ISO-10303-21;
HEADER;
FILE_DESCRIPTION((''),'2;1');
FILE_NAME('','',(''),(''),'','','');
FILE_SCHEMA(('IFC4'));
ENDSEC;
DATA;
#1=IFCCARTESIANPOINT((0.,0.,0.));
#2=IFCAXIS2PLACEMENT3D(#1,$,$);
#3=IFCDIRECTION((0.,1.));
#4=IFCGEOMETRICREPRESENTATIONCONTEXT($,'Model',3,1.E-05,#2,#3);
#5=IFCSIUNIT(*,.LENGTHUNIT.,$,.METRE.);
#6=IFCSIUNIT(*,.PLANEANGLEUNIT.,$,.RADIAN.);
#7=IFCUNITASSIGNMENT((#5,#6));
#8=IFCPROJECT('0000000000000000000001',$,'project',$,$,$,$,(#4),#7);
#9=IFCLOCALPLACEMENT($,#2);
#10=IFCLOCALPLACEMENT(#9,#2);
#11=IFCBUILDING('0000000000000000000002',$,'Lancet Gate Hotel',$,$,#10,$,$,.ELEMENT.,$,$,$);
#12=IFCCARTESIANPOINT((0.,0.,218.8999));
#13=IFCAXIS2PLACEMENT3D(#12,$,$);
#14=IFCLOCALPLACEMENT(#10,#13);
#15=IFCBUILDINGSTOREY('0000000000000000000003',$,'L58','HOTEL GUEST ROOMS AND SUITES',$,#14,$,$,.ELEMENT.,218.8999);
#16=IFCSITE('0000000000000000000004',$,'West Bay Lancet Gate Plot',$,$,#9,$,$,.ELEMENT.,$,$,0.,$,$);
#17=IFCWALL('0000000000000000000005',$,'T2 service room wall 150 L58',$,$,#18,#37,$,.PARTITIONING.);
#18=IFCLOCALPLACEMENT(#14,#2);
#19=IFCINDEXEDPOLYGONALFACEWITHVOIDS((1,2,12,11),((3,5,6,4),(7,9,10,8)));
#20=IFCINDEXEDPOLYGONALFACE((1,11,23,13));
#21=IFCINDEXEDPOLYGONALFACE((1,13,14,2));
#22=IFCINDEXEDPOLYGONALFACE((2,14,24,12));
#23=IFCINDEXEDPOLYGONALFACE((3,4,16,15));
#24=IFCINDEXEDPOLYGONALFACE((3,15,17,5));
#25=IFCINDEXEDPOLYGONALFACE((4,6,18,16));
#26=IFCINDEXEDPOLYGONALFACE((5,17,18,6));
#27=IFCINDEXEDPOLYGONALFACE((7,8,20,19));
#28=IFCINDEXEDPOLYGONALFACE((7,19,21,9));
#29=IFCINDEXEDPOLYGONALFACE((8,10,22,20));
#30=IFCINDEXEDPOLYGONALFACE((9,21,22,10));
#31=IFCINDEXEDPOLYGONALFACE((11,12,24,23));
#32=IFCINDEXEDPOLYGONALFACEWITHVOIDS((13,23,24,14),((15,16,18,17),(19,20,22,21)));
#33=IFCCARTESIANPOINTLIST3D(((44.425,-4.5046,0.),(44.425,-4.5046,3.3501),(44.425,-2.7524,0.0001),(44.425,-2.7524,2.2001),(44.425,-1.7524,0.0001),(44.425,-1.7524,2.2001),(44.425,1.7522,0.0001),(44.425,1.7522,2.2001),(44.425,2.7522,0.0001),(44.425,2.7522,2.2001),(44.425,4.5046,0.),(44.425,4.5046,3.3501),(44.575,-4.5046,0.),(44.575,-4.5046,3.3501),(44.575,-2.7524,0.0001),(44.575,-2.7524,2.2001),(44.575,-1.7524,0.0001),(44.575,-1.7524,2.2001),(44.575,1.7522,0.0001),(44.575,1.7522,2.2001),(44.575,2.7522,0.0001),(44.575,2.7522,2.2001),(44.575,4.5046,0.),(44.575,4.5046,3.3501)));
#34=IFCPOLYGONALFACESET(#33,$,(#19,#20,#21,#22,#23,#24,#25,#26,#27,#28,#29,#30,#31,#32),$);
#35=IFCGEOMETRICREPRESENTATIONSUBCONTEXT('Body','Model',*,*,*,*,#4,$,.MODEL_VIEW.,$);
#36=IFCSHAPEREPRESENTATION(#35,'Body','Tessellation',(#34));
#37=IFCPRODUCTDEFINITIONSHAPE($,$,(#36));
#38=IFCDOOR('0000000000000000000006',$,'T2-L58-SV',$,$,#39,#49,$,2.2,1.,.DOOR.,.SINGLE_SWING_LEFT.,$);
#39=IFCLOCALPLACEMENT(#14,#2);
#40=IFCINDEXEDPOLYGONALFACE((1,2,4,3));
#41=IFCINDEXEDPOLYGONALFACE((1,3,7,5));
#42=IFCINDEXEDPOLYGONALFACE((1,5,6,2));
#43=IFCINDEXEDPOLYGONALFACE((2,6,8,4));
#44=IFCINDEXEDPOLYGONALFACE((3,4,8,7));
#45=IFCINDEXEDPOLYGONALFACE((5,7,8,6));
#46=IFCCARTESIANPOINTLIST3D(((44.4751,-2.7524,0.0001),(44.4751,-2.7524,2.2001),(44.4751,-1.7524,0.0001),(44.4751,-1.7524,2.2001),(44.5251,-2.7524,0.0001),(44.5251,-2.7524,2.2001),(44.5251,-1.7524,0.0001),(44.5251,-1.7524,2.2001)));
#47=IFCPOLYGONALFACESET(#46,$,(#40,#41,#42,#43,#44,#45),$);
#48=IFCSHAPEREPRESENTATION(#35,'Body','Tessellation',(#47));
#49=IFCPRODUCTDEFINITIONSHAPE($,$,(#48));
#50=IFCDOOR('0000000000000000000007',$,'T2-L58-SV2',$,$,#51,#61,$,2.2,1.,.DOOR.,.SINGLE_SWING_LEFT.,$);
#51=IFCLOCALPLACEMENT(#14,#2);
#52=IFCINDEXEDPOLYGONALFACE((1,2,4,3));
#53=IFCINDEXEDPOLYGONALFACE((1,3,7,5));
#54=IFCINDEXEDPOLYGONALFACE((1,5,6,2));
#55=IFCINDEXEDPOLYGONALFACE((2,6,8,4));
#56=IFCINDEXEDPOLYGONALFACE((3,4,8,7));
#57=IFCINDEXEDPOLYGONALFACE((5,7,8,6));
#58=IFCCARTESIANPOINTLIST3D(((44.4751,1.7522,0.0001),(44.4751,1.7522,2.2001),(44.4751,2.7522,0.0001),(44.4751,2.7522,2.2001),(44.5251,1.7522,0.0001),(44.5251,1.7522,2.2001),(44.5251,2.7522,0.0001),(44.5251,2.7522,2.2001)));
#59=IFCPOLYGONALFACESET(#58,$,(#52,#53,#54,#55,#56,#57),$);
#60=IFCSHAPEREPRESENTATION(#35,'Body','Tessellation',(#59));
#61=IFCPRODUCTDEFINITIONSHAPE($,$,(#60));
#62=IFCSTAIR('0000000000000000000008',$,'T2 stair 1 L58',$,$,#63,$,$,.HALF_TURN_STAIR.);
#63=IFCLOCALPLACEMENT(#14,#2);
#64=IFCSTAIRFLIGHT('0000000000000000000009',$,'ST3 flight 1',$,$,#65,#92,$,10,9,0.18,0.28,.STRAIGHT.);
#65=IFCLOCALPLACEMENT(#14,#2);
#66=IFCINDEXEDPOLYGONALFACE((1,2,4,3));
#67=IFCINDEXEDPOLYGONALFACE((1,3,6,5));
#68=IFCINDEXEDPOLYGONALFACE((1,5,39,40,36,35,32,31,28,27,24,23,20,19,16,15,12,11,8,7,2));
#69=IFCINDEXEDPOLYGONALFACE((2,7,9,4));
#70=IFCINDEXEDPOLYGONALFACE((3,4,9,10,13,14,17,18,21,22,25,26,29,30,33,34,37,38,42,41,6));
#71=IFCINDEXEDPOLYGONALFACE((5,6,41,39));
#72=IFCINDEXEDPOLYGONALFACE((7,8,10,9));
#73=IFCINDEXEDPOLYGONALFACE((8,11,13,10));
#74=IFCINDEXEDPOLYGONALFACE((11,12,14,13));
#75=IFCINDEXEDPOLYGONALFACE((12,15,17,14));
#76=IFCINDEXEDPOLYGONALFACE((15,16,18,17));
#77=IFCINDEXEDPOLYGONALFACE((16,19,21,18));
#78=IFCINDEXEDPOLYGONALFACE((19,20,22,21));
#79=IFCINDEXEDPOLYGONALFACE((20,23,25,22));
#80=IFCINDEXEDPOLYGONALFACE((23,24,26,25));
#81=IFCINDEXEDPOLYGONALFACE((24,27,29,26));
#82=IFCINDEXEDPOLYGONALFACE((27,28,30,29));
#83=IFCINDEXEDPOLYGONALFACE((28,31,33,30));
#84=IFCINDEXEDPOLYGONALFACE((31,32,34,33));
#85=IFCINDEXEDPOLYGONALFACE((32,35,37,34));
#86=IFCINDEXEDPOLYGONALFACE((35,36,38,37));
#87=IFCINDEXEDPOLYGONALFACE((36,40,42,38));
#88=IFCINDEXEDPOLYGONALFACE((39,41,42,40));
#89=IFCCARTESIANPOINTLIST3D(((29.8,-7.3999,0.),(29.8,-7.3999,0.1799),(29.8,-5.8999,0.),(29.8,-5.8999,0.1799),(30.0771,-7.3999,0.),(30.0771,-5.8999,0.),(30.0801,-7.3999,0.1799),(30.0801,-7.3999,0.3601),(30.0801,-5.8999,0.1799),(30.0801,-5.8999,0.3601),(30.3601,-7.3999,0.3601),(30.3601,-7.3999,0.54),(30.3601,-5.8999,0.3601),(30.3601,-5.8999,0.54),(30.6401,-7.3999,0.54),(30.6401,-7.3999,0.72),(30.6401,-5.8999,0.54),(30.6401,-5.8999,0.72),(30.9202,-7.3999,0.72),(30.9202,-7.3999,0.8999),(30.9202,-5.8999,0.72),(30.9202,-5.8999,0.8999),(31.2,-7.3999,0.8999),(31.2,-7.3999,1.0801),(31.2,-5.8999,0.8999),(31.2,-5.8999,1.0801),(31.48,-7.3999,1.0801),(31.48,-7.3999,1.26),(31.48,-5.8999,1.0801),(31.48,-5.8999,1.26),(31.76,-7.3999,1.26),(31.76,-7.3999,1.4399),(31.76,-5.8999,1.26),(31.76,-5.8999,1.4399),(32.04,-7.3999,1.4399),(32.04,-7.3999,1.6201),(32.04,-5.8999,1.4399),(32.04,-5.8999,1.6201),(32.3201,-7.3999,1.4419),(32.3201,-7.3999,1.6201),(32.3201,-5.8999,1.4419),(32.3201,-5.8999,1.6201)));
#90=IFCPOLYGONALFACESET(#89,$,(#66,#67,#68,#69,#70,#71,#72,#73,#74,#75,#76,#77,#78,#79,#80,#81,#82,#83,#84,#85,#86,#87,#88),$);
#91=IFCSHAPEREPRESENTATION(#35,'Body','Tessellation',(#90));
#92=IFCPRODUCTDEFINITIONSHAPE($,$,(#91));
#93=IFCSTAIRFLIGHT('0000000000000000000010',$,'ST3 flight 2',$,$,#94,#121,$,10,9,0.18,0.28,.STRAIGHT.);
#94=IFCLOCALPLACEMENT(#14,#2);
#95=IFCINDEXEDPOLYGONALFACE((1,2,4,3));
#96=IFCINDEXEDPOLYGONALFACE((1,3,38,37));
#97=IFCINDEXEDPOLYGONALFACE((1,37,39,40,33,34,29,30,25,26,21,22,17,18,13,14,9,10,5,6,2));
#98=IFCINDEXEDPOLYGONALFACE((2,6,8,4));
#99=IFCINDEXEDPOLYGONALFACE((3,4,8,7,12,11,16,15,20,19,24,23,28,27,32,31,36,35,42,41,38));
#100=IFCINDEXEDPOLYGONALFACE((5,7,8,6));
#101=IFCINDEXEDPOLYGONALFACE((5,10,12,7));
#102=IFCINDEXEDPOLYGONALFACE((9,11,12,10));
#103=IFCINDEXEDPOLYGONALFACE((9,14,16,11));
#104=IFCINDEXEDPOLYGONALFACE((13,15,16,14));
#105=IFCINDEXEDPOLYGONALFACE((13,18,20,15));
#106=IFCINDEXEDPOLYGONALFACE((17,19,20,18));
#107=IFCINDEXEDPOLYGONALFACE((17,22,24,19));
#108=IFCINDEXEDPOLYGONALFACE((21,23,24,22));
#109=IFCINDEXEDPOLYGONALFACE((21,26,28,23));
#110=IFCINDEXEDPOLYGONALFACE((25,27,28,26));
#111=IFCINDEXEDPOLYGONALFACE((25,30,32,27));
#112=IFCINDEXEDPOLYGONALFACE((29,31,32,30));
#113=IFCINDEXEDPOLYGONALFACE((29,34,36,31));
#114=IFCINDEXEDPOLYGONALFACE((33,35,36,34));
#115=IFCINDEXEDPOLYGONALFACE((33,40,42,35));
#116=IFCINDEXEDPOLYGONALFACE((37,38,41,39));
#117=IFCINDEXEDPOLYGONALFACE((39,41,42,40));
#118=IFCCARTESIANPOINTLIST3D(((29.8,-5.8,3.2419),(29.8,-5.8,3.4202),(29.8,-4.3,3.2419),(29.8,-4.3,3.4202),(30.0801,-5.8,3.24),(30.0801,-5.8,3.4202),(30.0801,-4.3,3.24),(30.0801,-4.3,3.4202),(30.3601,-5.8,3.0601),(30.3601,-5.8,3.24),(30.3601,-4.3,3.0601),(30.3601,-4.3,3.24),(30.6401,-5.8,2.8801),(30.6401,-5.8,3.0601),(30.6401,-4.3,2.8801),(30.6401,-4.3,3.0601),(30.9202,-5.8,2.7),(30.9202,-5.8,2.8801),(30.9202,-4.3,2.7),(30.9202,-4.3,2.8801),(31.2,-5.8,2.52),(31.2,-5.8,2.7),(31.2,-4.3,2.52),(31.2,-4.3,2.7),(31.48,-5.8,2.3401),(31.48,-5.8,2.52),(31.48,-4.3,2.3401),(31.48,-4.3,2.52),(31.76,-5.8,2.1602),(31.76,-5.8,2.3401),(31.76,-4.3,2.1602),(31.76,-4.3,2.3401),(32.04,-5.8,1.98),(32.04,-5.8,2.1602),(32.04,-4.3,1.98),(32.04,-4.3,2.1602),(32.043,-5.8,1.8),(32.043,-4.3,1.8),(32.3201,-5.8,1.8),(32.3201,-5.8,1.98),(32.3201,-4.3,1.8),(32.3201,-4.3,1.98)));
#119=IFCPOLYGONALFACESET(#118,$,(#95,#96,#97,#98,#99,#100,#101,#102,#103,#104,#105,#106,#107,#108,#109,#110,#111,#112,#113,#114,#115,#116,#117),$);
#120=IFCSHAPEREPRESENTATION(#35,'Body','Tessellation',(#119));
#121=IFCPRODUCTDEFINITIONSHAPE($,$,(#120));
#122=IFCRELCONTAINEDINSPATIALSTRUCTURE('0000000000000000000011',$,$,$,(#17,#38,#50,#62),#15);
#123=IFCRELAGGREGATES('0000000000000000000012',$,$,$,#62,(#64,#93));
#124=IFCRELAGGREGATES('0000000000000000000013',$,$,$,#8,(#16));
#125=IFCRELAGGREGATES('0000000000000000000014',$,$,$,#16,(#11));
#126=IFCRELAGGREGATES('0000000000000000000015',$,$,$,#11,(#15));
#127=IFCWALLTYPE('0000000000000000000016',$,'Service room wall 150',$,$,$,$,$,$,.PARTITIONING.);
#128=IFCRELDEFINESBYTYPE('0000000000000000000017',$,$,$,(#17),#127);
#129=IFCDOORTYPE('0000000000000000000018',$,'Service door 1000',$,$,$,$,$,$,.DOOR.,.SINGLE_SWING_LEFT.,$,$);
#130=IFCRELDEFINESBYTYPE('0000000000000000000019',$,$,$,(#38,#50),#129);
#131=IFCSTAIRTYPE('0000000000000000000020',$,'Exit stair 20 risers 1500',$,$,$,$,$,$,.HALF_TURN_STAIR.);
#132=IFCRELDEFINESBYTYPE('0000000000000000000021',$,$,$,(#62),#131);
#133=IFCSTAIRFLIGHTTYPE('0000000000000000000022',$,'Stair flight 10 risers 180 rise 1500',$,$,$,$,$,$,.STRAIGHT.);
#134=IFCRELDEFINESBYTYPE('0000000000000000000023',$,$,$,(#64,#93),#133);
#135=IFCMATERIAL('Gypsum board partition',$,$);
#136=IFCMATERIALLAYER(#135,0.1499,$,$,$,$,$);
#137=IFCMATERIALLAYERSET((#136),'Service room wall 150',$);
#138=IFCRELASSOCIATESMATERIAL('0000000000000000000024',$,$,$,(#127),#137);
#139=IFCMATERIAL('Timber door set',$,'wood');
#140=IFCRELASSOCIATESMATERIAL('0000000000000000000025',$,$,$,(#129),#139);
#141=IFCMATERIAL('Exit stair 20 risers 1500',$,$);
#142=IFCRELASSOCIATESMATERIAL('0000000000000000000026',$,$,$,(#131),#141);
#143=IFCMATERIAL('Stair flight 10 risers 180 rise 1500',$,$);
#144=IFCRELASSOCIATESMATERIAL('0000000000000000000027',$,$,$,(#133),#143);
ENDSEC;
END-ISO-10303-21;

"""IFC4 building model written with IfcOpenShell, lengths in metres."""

from ifc_helpers import new_model, si_unit, direction, frame, frame_2d, origin, place, context, subcontext, project, spatial, polyline, rectangle, outline, extrude, material, layer, layer_set, type_object, element, fill, aggregate, save


model = new_model("IFC4")

# Units and contexts
model_context = context("Model", 3, precision=1e-05, world=origin(), true_north=direction((0.0, 1.0)))
body_context = subcontext(model_context, "Body", "Model", "MODEL_VIEW")
ifc_project = project(units=[si_unit("LENGTHUNIT", "METRE"), si_unit("PLANEANGLEUNIT", "RADIAN")], contexts=[model_context])

# Site, building, storey
site_placement = place(None, origin())
site = spatial("IfcSite", under=ifc_project, at=site_placement, Name="West Bay Lancet Gate Plot", CompositionType="ELEMENT", RefElevation=0.0)
building_placement = place(site_placement, origin())
building = spatial("IfcBuilding", under=site, at=building_placement, Name="Lancet Gate Hotel", CompositionType="ELEMENT")
storey_placement = place(building_placement, frame((0.0, 0.0, 218.8999)))
storey = spatial("IfcBuildingStorey", under=building, at=storey_placement, Name="L58", Description="HOTEL GUEST ROOMS AND SUITES", CompositionType="ELEMENT", Elevation=218.8999)

# Shared definitions
ifc_material_1 = material(Name="Gypsum board partition")
ifc_layer_1 = layer(ifc_material_1, 0.1499)
ifc_layer_set_1 = layer_set([ifc_layer_1], Name="Service room wall 150")
wall_type_1 = type_object("IfcWallType", Name="Service room wall 150", PredefinedType="PARTITIONING", material=ifc_layer_set_1)

# Wall, openings, doors
wall_1_placement = place(storey_placement, frame((44.5, -4.5046, 0.0), z_axis=(0.0, 0.0, 1.0), x_axis=(0.0, 1.0, 0.0)))
wall_1 = element("IfcWall", 1, at=wall_1_placement, inside=storey, type_object=wall_type_1, Name="T2 service room wall 150 L58", PredefinedType="PARTITIONING", context=body_context, shape_type="SweptSolid", body=[
    extrude(rectangle(XDim=9.0093, YDim=0.1499, at=frame_2d((4.5046, 0.0))), origin(), (0.0, 0.0, 1.0), 3.3501),
])
opening_1_placement = place(wall_1_placement, frame((1.7522, 0.0, 0.0)))
opening_1 = element("IfcOpeningElement", 2, at=opening_1_placement, cuts=wall_1, PredefinedType="OPENING", context=body_context, shape_type="SweptSolid", body=[
    extrude(rectangle(XDim=1.0, YDim=2.2, at=frame_2d((0.5, 1.1001))), frame((0.0, 0.085, 0.0), z_axis=(0.0, -1.0, 0.0), x_axis=(1.0, 0.0, 0.0)), (0.0, 0.0, 1.0), 0.1699),
])
opening_2_placement = place(wall_1_placement, frame((6.2568, 0.0, 0.0)))
opening_2 = element("IfcOpeningElement", 3, at=opening_2_placement, cuts=wall_1, PredefinedType="OPENING", context=body_context, shape_type="SweptSolid", body=[
    extrude(rectangle(XDim=1.0, YDim=2.2, at=frame_2d((0.5, 1.1001))), frame((0.0, 0.085, 0.0), z_axis=(0.0, -1.0, 0.0), x_axis=(1.0, 0.0, 0.0)), (0.0, 0.0, 1.0), 0.1699),
])
ifc_material_2 = material(Name="Timber door set", Category="wood")
door_type_1 = type_object("IfcDoorType", Name="Service door 1000", OperationType="SINGLE_SWING_LEFT", PredefinedType="DOOR", material=ifc_material_2)
door_1_placement = place(opening_1_placement, origin())
door_1 = element("IfcDoor", 4, at=door_1_placement, inside=storey, type_object=door_type_1, Name="T2-L58-SV", OperationType="SINGLE_SWING_LEFT", OverallHeight=2.2, OverallWidth=1.0, PredefinedType="DOOR", context=body_context, shape_type="SweptSolid", body=[
    extrude(rectangle(XDim=1.0, YDim=2.2, at=frame_2d((0.5, 1.1001))), frame((0.0, 0.0249, 0.0), z_axis=(0.0, -1.0, 0.0), x_axis=(1.0, 0.0, 0.0)), (0.0, 0.0, 1.0), 0.05),
])
fill(opening_1, door_1)
door_2_placement = place(opening_2_placement, origin())
door_2 = element("IfcDoor", 5, at=door_2_placement, inside=storey, type_object=door_type_1, Name="T2-L58-SV2", OperationType="SINGLE_SWING_LEFT", OverallHeight=2.2, OverallWidth=1.0, PredefinedType="DOOR", context=body_context, shape_type="SweptSolid", body=[
    extrude(rectangle(XDim=1.0, YDim=2.2, at=frame_2d((0.5, 1.1001))), frame((0.0, 0.0249, 0.0), z_axis=(0.0, -1.0, 0.0), x_axis=(1.0, 0.0, 0.0)), (0.0, 0.0, 1.0), 0.05),
])
fill(opening_2, door_2)

# Stair, stair flights
ifc_material_3 = material(Name="Exit stair 20 risers 1500")
stair_type = type_object("IfcStairType", Name="Exit stair 20 risers 1500", PredefinedType="HALF_TURN_STAIR", material=ifc_material_3)
stair_placement = place(storey_placement, origin())
stair = element("IfcStair", 6, at=stair_placement, inside=storey, type_object=stair_type, Name="T2 stair 1 L58", PredefinedType="HALF_TURN_STAIR")
ifc_material_4 = material(Name="Stair flight 10 risers 180 rise 1500")
stair_flight_type = type_object("IfcStairFlightType", Name="Stair flight 10 risers 180 rise 1500", PredefinedType="STRAIGHT", material=ifc_material_4)
stair_flight_1_placement = place(storey_placement, frame((29.8, -6.6499, 0.0), z_axis=(0.0, 0.0, 1.0), x_axis=(1.0, 0.0, 0.0)))
stair_flight_1 = element("IfcStairFlight", 7, at=stair_flight_1_placement, type_object=stair_flight_type, Name="ST3 flight 1", NumberOfRisers=10, NumberOfTreads=9, PredefinedType="STRAIGHT", RiserHeight=0.18, TreadLength=0.28, context=body_context, shape_type="SweptSolid", body=[
    extrude(outline(polyline([(0.0, 0.0), (0.0, 0.1799), (0.28, 0.1799), (0.28, 0.3601), (0.5601, 0.3601), (0.5601, 0.54), (0.8401, 0.54), (0.8401, 0.72), (1.1201, 0.72), (1.1201, 0.8999), (1.3999, 0.8999), (1.3999, 1.0801), (1.6799, 1.0801), (1.6799, 1.26), (1.96, 1.26), (1.96, 1.4399), (2.24, 1.4399), (2.24, 1.6201), (2.52, 1.6201), (2.52, 1.8), (2.52, 1.4419), (0.2771, 0.0), (0.0, 0.0)])), frame((0.0, 0.75, 0.0), z_axis=(0.0, -1.0, 0.0), x_axis=(1.0, 0.0, 0.0)), (0.0, 0.0, 1.0), 1.5),
])
stair_flight_2_placement = place(storey_placement, frame((32.3201, -5.05, 1.8), z_axis=(0.0, 0.0, 1.0), x_axis=(-1.0, 0.0, 0.0)))
stair_flight_2 = element("IfcStairFlight", 8, at=stair_flight_2_placement, type_object=stair_flight_type, Name="ST3 flight 2", NumberOfRisers=10, NumberOfTreads=9, PredefinedType="STRAIGHT", RiserHeight=0.18, TreadLength=0.28, context=body_context, shape_type="SweptSolid", body=[
    extrude(outline(polyline([(0.0, 0.0), (0.0, 0.1799), (0.28, 0.1799), (0.28, 0.3601), (0.5601, 0.3601), (0.5601, 0.54), (0.8401, 0.54), (0.8401, 0.72), (1.1201, 0.72), (1.1201, 0.8999), (1.3999, 0.8999), (1.3999, 1.0801), (1.6799, 1.0801), (1.6799, 1.26), (1.96, 1.26), (1.96, 1.4399), (2.24, 1.4399), (2.24, 1.6201), (2.52, 1.6201), (2.52, 1.8), (2.52, 1.4419), (0.2771, 0.0), (0.0, 0.0)])), frame((0.0, 0.75, 0.0), z_axis=(0.0, -1.0, 0.0), x_axis=(1.0, 0.0, 0.0)), (0.0, 0.0, 1.0), 1.5),
])
aggregate(stair, [stair_flight_1, stair_flight_2])

save(model, "model.ifc")
